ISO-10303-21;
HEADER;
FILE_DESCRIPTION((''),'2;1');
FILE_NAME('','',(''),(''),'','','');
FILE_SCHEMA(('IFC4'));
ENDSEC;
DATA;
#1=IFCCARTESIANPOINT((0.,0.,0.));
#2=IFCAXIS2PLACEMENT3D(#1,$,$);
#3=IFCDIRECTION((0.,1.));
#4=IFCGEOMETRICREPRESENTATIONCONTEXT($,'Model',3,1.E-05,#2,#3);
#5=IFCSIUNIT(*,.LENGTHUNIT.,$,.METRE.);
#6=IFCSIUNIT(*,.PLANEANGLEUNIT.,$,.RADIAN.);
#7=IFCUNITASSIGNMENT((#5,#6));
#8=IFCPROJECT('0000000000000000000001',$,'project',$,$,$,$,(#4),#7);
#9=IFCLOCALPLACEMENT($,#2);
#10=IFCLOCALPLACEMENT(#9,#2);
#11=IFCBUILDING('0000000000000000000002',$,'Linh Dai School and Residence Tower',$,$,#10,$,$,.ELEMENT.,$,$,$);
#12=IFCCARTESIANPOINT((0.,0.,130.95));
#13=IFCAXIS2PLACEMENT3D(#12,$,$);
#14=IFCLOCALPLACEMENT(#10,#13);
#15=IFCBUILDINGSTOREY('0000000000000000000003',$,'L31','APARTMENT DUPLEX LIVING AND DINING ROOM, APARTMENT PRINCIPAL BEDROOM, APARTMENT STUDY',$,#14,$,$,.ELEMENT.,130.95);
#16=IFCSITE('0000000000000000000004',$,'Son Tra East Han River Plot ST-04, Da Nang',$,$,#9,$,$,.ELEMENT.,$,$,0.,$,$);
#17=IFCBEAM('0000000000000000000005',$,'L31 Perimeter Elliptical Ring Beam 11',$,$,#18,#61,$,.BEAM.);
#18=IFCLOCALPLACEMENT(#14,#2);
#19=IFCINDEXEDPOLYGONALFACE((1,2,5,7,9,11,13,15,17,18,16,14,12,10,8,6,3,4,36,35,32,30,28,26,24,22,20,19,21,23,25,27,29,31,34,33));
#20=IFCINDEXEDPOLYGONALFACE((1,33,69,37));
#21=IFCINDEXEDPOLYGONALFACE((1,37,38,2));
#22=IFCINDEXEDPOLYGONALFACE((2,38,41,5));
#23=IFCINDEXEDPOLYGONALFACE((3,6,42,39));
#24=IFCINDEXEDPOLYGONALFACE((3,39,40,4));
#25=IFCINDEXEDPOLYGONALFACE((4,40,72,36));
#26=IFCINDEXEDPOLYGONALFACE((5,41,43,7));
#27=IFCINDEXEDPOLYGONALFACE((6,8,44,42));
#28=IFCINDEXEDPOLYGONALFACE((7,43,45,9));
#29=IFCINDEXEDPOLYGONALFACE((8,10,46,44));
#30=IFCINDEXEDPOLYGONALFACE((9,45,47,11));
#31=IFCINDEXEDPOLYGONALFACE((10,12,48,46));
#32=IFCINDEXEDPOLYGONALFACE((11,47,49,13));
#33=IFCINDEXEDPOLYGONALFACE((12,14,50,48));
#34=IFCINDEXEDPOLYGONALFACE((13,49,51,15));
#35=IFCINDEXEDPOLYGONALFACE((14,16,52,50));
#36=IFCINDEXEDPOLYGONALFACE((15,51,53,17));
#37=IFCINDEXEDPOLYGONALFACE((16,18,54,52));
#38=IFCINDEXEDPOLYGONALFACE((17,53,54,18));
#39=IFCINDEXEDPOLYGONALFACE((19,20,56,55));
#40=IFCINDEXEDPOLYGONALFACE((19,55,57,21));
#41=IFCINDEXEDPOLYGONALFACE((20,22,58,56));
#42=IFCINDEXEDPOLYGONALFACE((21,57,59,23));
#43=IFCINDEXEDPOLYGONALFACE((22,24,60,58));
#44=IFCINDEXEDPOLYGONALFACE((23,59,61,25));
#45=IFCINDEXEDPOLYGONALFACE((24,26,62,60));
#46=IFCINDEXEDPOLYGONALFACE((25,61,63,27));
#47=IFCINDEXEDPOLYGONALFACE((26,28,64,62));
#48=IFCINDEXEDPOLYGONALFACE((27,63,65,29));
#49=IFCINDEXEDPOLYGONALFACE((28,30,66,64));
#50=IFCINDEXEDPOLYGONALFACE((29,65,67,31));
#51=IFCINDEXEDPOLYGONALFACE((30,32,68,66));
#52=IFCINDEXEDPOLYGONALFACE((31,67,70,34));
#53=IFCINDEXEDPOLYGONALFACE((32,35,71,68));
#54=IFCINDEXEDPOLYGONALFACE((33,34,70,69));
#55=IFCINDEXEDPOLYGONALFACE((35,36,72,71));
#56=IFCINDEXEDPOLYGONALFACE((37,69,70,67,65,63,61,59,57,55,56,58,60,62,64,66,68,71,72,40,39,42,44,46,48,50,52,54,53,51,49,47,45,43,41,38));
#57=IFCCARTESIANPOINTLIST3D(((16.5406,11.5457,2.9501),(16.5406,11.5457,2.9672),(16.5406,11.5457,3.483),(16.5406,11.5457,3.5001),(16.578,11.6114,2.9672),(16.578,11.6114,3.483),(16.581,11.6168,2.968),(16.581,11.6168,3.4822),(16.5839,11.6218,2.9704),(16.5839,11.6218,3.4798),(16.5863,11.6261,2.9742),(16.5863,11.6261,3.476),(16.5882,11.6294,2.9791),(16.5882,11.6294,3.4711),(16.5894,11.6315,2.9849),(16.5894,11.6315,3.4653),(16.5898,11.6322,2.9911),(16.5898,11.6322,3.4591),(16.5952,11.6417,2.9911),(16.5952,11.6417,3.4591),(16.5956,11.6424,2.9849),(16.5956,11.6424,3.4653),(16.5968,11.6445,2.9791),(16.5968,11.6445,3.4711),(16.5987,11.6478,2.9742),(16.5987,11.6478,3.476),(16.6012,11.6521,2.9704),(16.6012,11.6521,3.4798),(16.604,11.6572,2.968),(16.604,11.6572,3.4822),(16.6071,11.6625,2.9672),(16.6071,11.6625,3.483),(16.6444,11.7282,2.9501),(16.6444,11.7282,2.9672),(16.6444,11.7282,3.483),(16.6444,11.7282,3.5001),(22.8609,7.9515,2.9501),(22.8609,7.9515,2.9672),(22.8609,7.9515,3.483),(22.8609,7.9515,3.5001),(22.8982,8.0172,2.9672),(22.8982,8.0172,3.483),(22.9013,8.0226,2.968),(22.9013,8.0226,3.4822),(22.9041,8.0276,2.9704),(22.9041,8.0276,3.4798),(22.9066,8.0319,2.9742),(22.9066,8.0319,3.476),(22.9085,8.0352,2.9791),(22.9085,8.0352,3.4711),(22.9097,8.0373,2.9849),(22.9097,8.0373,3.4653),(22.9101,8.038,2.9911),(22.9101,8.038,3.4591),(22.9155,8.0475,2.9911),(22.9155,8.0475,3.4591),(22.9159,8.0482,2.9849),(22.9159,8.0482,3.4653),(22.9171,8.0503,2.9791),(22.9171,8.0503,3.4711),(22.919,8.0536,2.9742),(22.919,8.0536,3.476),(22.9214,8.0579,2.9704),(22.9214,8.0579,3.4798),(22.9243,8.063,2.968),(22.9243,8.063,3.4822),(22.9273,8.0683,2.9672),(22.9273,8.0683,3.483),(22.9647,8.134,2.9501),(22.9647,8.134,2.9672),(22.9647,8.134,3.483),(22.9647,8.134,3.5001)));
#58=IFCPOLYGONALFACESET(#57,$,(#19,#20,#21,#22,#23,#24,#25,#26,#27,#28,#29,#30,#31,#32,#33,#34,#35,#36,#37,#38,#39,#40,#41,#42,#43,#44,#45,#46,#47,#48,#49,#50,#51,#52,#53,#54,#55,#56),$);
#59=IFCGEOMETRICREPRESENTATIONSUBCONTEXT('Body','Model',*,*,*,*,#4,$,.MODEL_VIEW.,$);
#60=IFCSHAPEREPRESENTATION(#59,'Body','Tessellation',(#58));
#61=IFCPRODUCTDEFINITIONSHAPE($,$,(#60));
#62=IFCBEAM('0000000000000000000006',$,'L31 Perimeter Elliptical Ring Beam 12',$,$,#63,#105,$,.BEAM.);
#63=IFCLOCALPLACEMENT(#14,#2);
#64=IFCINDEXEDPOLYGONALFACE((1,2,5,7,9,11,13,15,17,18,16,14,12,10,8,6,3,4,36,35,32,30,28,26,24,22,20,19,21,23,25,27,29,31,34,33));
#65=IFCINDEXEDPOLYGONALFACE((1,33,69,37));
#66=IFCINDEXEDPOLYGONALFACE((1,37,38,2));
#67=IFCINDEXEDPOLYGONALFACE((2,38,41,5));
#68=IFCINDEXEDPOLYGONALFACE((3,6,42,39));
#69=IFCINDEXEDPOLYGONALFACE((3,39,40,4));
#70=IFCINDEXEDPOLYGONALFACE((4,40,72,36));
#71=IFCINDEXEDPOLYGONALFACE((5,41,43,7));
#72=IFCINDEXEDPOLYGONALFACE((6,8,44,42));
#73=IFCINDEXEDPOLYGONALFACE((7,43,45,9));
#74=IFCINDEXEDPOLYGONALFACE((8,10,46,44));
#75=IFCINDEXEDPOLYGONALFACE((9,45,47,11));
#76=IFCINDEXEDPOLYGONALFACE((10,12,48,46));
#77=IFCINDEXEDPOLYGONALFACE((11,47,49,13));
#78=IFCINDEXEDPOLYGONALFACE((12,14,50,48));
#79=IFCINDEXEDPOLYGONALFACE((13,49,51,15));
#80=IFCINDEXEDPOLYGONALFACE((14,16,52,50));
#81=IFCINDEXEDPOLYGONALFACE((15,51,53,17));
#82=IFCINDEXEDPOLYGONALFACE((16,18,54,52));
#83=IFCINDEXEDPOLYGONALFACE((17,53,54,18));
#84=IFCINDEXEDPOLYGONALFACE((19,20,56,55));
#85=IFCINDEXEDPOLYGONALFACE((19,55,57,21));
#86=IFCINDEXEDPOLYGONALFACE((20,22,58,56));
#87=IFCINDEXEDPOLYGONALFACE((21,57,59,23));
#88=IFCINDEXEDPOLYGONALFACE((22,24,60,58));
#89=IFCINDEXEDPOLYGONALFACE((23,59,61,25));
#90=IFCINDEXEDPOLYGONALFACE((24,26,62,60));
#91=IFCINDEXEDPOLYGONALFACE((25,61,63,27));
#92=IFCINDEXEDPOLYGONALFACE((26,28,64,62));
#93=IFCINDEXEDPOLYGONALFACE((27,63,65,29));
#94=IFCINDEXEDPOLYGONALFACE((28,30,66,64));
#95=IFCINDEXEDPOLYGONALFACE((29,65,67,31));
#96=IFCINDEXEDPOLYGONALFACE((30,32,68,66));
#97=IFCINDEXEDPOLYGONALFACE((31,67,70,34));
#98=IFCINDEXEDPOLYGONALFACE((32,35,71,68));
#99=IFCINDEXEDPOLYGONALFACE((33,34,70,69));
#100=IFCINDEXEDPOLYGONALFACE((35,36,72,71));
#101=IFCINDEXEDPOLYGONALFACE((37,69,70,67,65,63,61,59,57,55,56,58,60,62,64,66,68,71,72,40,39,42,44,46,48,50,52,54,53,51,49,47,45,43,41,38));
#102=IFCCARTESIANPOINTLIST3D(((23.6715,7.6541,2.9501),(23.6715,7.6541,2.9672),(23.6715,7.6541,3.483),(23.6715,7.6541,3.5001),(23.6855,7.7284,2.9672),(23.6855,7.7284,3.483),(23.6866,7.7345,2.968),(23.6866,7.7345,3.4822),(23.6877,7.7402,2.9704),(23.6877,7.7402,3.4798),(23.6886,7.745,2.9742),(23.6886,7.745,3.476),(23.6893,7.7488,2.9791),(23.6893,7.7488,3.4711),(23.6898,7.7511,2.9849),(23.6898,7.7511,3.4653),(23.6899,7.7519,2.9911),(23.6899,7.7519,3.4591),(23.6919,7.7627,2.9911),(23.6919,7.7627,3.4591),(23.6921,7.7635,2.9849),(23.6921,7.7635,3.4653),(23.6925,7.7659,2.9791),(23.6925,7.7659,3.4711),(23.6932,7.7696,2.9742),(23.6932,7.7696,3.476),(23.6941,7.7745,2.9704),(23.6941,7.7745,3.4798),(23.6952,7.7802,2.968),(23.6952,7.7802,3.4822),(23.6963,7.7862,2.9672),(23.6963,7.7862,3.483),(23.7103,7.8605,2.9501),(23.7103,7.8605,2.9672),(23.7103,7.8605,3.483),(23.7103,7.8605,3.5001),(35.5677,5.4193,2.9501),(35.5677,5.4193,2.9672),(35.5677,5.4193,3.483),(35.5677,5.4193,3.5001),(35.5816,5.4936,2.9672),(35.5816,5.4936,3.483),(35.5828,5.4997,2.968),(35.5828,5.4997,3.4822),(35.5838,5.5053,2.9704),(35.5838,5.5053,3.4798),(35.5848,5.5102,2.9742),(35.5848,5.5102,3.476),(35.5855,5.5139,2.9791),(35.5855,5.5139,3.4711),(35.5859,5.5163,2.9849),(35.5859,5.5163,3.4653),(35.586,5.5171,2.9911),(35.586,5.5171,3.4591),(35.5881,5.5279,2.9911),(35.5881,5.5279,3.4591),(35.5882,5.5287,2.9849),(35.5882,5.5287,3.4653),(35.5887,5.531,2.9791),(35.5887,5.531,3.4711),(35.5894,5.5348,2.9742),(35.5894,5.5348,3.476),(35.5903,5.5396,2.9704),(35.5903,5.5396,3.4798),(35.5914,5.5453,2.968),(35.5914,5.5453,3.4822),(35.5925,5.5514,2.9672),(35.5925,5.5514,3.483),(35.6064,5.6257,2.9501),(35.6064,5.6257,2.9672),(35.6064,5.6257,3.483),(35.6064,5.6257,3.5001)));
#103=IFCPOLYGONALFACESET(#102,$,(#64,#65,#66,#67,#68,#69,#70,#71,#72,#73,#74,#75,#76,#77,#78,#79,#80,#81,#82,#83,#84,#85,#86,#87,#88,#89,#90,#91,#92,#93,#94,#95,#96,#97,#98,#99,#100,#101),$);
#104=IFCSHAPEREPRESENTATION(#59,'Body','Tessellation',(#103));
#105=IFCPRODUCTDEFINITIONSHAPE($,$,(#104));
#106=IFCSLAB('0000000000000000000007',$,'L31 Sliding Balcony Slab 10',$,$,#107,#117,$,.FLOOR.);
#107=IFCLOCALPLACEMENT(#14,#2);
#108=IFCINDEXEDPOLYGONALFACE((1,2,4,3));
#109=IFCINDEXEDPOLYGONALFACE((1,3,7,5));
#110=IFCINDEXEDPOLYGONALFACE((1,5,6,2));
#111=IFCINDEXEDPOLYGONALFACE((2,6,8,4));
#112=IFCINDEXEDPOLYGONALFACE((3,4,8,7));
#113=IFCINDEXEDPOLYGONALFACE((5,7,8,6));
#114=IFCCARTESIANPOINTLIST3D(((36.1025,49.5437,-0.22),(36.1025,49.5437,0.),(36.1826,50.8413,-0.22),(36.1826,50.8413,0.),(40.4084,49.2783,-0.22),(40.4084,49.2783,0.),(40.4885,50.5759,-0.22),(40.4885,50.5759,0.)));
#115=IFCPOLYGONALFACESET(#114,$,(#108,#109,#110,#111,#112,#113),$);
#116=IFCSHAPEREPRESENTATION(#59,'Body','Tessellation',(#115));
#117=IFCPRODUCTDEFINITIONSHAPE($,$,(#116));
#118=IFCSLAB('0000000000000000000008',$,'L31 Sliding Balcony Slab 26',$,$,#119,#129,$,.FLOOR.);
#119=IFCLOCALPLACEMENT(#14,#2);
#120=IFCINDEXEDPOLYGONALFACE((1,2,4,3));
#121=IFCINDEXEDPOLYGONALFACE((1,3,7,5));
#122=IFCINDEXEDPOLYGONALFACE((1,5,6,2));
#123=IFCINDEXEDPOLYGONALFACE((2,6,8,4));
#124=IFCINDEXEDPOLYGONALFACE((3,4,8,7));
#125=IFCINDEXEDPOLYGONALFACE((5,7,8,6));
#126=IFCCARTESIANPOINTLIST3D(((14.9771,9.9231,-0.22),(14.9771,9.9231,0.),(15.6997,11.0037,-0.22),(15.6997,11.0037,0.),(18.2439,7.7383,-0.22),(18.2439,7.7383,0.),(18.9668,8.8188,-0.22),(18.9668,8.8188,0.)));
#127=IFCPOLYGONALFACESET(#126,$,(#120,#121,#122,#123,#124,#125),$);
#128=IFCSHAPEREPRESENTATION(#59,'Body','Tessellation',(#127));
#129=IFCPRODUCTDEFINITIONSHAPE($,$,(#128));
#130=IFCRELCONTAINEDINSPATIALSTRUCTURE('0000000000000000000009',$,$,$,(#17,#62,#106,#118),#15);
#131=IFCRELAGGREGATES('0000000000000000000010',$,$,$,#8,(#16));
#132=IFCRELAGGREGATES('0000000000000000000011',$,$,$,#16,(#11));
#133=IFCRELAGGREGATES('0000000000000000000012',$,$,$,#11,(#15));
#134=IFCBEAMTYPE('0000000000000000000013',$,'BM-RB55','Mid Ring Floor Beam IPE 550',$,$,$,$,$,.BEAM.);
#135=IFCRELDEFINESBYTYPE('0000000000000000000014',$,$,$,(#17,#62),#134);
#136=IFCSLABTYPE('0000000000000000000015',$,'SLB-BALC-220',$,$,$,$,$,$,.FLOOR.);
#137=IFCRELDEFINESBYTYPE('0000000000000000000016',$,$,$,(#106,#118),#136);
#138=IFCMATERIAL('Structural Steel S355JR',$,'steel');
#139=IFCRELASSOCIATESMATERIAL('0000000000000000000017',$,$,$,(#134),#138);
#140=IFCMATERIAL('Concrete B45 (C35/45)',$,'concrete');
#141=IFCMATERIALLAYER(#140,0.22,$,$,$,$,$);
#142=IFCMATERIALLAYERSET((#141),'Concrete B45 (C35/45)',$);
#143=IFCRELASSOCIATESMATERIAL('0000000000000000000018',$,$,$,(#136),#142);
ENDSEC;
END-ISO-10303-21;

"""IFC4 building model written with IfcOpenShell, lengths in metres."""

from ifc_helpers import new_model, si_unit, direction, frame, origin, origin_2d, place, context, subcontext, project, spatial, polyline, i_section, outline, extrude, material, layer, layer_set, material_profile, profile_set, type_object, element, save


model = new_model("IFC4")

# Units and contexts
model_context = context("Model", 3, precision=1e-05, world=origin(), true_north=direction((0.0, 1.0)))
body_context = subcontext(model_context, "Body", "Model", "MODEL_VIEW")
ifc_project = project(units=[si_unit("LENGTHUNIT", "METRE"), si_unit("PLANEANGLEUNIT", "RADIAN")], contexts=[model_context])

# Site, building, storey
site_placement = place(None, origin())
site = spatial("IfcSite", under=ifc_project, at=site_placement, Name="Son Tra East Han River Plot ST-04, Da Nang", CompositionType="ELEMENT", RefElevation=0.0)
building_placement = place(site_placement, origin())
building = spatial("IfcBuilding", under=site, at=building_placement, Name="Linh Dai School and Residence Tower", CompositionType="ELEMENT")
storey_placement = place(building_placement, frame((0.0, 0.0, 130.95)))
storey = spatial("IfcBuildingStorey", under=building, at=storey_placement, Name="L31", Description="APARTMENT DUPLEX LIVING AND DINING ROOM, APARTMENT PRINCIPAL BEDROOM, APARTMENT STUDY", CompositionType="ELEMENT", Elevation=130.95)

# Shared definitions
ifc_material_1 = material(Name="Structural Steel S355JR", Category="steel")

# Beams
ifc_material_profile_1 = material_profile(ifc_material_1, i_section(OverallWidth=0.21, OverallDepth=0.55, WebThickness=0.011, FlangeThickness=0.0171, FilletRadius=0.0239, at=origin_2d()), Name="IPE 550")
ifc_profile_set_1 = profile_set([ifc_material_profile_1], Name="Structural Steel S355JR")
beam_type = type_object("IfcBeamType", Name="BM-RB55", Description="Mid Ring Floor Beam IPE 550", PredefinedType="BEAM", material=ifc_profile_set_1)
beam_1_placement = place(storey_placement, frame((16.5925, 11.637, 3.2251), z_axis=(0.86927, -0.494337, 0.0), x_axis=(0.494337, 0.86927, 0.0)))
element("IfcBeam", 1, at=beam_1_placement, inside=storey, type_object=beam_type, Name="L31 Perimeter Elliptical Ring Beam 11", PredefinedType="BEAM", context=body_context, shape_type="SweptSolid", body=[
    extrude(i_section(OverallWidth=0.21, OverallDepth=0.55, WebThickness=0.011, FlangeThickness=0.0171, FilletRadius=0.0239, at=origin_2d()), origin(), (0.0, 0.0, 1.0), 7.2708),
])
beam_2_placement = place(storey_placement, frame((23.6909, 7.7573, 3.2251), z_axis=(0.982808, -0.184633, 0.0), x_axis=(0.184633, 0.982808, 0.0)))
element("IfcBeam", 2, at=beam_2_placement, inside=storey, type_object=beam_type, Name="L31 Perimeter Elliptical Ring Beam 12", PredefinedType="BEAM", context=body_context, shape_type="SweptSolid", body=[
    extrude(i_section(OverallWidth=0.21, OverallDepth=0.55, WebThickness=0.011, FlangeThickness=0.0171, FilletRadius=0.0239, at=origin_2d()), origin(), (0.0, 0.0, 1.0), 12.1042),
])

# Slabs
ifc_material_2 = material(Name="Concrete B45 (C35/45)", Category="concrete")
ifc_layer_1 = layer(ifc_material_2, 0.22)
ifc_layer_set_1 = layer_set([ifc_layer_1], Name="Concrete B45 (C35/45)")
slab_type_1 = type_object("IfcSlabType", Name="SLB-BALC-220", PredefinedType="FLOOR", material=ifc_layer_set_1)
slab_1_placement = place(storey_placement, frame((0.0, 0.0, -0.22)))
element("IfcSlab", 3, at=slab_1_placement, inside=storey, type_object=slab_type_1, Name="L31 Sliding Balcony Slab 10", PredefinedType="FLOOR", context=body_context, shape_type="SweptSolid", body=[
    extrude(outline(polyline([(36.1025, 49.5437), (40.4084, 49.2783), (40.4885, 50.5759), (36.1826, 50.8413), (36.1025, 49.5437)])), origin(), (0.0, 0.0, 1.0), 0.22),
])
slab_2_placement = place(storey_placement, frame((0.0, 0.0, -0.22)))
element("IfcSlab", 4, at=slab_2_placement, inside=storey, type_object=slab_type_1, Name="L31 Sliding Balcony Slab 26", PredefinedType="FLOOR", context=body_context, shape_type="SweptSolid", body=[
    extrude(outline(polyline([(18.9668, 8.8188), (15.6997, 11.0037), (14.9771, 9.9231), (18.2439, 7.7383), (18.9668, 8.8188)])), origin(), (0.0, 0.0, 1.0), 0.22),
])

save(model, "model.ifc")
